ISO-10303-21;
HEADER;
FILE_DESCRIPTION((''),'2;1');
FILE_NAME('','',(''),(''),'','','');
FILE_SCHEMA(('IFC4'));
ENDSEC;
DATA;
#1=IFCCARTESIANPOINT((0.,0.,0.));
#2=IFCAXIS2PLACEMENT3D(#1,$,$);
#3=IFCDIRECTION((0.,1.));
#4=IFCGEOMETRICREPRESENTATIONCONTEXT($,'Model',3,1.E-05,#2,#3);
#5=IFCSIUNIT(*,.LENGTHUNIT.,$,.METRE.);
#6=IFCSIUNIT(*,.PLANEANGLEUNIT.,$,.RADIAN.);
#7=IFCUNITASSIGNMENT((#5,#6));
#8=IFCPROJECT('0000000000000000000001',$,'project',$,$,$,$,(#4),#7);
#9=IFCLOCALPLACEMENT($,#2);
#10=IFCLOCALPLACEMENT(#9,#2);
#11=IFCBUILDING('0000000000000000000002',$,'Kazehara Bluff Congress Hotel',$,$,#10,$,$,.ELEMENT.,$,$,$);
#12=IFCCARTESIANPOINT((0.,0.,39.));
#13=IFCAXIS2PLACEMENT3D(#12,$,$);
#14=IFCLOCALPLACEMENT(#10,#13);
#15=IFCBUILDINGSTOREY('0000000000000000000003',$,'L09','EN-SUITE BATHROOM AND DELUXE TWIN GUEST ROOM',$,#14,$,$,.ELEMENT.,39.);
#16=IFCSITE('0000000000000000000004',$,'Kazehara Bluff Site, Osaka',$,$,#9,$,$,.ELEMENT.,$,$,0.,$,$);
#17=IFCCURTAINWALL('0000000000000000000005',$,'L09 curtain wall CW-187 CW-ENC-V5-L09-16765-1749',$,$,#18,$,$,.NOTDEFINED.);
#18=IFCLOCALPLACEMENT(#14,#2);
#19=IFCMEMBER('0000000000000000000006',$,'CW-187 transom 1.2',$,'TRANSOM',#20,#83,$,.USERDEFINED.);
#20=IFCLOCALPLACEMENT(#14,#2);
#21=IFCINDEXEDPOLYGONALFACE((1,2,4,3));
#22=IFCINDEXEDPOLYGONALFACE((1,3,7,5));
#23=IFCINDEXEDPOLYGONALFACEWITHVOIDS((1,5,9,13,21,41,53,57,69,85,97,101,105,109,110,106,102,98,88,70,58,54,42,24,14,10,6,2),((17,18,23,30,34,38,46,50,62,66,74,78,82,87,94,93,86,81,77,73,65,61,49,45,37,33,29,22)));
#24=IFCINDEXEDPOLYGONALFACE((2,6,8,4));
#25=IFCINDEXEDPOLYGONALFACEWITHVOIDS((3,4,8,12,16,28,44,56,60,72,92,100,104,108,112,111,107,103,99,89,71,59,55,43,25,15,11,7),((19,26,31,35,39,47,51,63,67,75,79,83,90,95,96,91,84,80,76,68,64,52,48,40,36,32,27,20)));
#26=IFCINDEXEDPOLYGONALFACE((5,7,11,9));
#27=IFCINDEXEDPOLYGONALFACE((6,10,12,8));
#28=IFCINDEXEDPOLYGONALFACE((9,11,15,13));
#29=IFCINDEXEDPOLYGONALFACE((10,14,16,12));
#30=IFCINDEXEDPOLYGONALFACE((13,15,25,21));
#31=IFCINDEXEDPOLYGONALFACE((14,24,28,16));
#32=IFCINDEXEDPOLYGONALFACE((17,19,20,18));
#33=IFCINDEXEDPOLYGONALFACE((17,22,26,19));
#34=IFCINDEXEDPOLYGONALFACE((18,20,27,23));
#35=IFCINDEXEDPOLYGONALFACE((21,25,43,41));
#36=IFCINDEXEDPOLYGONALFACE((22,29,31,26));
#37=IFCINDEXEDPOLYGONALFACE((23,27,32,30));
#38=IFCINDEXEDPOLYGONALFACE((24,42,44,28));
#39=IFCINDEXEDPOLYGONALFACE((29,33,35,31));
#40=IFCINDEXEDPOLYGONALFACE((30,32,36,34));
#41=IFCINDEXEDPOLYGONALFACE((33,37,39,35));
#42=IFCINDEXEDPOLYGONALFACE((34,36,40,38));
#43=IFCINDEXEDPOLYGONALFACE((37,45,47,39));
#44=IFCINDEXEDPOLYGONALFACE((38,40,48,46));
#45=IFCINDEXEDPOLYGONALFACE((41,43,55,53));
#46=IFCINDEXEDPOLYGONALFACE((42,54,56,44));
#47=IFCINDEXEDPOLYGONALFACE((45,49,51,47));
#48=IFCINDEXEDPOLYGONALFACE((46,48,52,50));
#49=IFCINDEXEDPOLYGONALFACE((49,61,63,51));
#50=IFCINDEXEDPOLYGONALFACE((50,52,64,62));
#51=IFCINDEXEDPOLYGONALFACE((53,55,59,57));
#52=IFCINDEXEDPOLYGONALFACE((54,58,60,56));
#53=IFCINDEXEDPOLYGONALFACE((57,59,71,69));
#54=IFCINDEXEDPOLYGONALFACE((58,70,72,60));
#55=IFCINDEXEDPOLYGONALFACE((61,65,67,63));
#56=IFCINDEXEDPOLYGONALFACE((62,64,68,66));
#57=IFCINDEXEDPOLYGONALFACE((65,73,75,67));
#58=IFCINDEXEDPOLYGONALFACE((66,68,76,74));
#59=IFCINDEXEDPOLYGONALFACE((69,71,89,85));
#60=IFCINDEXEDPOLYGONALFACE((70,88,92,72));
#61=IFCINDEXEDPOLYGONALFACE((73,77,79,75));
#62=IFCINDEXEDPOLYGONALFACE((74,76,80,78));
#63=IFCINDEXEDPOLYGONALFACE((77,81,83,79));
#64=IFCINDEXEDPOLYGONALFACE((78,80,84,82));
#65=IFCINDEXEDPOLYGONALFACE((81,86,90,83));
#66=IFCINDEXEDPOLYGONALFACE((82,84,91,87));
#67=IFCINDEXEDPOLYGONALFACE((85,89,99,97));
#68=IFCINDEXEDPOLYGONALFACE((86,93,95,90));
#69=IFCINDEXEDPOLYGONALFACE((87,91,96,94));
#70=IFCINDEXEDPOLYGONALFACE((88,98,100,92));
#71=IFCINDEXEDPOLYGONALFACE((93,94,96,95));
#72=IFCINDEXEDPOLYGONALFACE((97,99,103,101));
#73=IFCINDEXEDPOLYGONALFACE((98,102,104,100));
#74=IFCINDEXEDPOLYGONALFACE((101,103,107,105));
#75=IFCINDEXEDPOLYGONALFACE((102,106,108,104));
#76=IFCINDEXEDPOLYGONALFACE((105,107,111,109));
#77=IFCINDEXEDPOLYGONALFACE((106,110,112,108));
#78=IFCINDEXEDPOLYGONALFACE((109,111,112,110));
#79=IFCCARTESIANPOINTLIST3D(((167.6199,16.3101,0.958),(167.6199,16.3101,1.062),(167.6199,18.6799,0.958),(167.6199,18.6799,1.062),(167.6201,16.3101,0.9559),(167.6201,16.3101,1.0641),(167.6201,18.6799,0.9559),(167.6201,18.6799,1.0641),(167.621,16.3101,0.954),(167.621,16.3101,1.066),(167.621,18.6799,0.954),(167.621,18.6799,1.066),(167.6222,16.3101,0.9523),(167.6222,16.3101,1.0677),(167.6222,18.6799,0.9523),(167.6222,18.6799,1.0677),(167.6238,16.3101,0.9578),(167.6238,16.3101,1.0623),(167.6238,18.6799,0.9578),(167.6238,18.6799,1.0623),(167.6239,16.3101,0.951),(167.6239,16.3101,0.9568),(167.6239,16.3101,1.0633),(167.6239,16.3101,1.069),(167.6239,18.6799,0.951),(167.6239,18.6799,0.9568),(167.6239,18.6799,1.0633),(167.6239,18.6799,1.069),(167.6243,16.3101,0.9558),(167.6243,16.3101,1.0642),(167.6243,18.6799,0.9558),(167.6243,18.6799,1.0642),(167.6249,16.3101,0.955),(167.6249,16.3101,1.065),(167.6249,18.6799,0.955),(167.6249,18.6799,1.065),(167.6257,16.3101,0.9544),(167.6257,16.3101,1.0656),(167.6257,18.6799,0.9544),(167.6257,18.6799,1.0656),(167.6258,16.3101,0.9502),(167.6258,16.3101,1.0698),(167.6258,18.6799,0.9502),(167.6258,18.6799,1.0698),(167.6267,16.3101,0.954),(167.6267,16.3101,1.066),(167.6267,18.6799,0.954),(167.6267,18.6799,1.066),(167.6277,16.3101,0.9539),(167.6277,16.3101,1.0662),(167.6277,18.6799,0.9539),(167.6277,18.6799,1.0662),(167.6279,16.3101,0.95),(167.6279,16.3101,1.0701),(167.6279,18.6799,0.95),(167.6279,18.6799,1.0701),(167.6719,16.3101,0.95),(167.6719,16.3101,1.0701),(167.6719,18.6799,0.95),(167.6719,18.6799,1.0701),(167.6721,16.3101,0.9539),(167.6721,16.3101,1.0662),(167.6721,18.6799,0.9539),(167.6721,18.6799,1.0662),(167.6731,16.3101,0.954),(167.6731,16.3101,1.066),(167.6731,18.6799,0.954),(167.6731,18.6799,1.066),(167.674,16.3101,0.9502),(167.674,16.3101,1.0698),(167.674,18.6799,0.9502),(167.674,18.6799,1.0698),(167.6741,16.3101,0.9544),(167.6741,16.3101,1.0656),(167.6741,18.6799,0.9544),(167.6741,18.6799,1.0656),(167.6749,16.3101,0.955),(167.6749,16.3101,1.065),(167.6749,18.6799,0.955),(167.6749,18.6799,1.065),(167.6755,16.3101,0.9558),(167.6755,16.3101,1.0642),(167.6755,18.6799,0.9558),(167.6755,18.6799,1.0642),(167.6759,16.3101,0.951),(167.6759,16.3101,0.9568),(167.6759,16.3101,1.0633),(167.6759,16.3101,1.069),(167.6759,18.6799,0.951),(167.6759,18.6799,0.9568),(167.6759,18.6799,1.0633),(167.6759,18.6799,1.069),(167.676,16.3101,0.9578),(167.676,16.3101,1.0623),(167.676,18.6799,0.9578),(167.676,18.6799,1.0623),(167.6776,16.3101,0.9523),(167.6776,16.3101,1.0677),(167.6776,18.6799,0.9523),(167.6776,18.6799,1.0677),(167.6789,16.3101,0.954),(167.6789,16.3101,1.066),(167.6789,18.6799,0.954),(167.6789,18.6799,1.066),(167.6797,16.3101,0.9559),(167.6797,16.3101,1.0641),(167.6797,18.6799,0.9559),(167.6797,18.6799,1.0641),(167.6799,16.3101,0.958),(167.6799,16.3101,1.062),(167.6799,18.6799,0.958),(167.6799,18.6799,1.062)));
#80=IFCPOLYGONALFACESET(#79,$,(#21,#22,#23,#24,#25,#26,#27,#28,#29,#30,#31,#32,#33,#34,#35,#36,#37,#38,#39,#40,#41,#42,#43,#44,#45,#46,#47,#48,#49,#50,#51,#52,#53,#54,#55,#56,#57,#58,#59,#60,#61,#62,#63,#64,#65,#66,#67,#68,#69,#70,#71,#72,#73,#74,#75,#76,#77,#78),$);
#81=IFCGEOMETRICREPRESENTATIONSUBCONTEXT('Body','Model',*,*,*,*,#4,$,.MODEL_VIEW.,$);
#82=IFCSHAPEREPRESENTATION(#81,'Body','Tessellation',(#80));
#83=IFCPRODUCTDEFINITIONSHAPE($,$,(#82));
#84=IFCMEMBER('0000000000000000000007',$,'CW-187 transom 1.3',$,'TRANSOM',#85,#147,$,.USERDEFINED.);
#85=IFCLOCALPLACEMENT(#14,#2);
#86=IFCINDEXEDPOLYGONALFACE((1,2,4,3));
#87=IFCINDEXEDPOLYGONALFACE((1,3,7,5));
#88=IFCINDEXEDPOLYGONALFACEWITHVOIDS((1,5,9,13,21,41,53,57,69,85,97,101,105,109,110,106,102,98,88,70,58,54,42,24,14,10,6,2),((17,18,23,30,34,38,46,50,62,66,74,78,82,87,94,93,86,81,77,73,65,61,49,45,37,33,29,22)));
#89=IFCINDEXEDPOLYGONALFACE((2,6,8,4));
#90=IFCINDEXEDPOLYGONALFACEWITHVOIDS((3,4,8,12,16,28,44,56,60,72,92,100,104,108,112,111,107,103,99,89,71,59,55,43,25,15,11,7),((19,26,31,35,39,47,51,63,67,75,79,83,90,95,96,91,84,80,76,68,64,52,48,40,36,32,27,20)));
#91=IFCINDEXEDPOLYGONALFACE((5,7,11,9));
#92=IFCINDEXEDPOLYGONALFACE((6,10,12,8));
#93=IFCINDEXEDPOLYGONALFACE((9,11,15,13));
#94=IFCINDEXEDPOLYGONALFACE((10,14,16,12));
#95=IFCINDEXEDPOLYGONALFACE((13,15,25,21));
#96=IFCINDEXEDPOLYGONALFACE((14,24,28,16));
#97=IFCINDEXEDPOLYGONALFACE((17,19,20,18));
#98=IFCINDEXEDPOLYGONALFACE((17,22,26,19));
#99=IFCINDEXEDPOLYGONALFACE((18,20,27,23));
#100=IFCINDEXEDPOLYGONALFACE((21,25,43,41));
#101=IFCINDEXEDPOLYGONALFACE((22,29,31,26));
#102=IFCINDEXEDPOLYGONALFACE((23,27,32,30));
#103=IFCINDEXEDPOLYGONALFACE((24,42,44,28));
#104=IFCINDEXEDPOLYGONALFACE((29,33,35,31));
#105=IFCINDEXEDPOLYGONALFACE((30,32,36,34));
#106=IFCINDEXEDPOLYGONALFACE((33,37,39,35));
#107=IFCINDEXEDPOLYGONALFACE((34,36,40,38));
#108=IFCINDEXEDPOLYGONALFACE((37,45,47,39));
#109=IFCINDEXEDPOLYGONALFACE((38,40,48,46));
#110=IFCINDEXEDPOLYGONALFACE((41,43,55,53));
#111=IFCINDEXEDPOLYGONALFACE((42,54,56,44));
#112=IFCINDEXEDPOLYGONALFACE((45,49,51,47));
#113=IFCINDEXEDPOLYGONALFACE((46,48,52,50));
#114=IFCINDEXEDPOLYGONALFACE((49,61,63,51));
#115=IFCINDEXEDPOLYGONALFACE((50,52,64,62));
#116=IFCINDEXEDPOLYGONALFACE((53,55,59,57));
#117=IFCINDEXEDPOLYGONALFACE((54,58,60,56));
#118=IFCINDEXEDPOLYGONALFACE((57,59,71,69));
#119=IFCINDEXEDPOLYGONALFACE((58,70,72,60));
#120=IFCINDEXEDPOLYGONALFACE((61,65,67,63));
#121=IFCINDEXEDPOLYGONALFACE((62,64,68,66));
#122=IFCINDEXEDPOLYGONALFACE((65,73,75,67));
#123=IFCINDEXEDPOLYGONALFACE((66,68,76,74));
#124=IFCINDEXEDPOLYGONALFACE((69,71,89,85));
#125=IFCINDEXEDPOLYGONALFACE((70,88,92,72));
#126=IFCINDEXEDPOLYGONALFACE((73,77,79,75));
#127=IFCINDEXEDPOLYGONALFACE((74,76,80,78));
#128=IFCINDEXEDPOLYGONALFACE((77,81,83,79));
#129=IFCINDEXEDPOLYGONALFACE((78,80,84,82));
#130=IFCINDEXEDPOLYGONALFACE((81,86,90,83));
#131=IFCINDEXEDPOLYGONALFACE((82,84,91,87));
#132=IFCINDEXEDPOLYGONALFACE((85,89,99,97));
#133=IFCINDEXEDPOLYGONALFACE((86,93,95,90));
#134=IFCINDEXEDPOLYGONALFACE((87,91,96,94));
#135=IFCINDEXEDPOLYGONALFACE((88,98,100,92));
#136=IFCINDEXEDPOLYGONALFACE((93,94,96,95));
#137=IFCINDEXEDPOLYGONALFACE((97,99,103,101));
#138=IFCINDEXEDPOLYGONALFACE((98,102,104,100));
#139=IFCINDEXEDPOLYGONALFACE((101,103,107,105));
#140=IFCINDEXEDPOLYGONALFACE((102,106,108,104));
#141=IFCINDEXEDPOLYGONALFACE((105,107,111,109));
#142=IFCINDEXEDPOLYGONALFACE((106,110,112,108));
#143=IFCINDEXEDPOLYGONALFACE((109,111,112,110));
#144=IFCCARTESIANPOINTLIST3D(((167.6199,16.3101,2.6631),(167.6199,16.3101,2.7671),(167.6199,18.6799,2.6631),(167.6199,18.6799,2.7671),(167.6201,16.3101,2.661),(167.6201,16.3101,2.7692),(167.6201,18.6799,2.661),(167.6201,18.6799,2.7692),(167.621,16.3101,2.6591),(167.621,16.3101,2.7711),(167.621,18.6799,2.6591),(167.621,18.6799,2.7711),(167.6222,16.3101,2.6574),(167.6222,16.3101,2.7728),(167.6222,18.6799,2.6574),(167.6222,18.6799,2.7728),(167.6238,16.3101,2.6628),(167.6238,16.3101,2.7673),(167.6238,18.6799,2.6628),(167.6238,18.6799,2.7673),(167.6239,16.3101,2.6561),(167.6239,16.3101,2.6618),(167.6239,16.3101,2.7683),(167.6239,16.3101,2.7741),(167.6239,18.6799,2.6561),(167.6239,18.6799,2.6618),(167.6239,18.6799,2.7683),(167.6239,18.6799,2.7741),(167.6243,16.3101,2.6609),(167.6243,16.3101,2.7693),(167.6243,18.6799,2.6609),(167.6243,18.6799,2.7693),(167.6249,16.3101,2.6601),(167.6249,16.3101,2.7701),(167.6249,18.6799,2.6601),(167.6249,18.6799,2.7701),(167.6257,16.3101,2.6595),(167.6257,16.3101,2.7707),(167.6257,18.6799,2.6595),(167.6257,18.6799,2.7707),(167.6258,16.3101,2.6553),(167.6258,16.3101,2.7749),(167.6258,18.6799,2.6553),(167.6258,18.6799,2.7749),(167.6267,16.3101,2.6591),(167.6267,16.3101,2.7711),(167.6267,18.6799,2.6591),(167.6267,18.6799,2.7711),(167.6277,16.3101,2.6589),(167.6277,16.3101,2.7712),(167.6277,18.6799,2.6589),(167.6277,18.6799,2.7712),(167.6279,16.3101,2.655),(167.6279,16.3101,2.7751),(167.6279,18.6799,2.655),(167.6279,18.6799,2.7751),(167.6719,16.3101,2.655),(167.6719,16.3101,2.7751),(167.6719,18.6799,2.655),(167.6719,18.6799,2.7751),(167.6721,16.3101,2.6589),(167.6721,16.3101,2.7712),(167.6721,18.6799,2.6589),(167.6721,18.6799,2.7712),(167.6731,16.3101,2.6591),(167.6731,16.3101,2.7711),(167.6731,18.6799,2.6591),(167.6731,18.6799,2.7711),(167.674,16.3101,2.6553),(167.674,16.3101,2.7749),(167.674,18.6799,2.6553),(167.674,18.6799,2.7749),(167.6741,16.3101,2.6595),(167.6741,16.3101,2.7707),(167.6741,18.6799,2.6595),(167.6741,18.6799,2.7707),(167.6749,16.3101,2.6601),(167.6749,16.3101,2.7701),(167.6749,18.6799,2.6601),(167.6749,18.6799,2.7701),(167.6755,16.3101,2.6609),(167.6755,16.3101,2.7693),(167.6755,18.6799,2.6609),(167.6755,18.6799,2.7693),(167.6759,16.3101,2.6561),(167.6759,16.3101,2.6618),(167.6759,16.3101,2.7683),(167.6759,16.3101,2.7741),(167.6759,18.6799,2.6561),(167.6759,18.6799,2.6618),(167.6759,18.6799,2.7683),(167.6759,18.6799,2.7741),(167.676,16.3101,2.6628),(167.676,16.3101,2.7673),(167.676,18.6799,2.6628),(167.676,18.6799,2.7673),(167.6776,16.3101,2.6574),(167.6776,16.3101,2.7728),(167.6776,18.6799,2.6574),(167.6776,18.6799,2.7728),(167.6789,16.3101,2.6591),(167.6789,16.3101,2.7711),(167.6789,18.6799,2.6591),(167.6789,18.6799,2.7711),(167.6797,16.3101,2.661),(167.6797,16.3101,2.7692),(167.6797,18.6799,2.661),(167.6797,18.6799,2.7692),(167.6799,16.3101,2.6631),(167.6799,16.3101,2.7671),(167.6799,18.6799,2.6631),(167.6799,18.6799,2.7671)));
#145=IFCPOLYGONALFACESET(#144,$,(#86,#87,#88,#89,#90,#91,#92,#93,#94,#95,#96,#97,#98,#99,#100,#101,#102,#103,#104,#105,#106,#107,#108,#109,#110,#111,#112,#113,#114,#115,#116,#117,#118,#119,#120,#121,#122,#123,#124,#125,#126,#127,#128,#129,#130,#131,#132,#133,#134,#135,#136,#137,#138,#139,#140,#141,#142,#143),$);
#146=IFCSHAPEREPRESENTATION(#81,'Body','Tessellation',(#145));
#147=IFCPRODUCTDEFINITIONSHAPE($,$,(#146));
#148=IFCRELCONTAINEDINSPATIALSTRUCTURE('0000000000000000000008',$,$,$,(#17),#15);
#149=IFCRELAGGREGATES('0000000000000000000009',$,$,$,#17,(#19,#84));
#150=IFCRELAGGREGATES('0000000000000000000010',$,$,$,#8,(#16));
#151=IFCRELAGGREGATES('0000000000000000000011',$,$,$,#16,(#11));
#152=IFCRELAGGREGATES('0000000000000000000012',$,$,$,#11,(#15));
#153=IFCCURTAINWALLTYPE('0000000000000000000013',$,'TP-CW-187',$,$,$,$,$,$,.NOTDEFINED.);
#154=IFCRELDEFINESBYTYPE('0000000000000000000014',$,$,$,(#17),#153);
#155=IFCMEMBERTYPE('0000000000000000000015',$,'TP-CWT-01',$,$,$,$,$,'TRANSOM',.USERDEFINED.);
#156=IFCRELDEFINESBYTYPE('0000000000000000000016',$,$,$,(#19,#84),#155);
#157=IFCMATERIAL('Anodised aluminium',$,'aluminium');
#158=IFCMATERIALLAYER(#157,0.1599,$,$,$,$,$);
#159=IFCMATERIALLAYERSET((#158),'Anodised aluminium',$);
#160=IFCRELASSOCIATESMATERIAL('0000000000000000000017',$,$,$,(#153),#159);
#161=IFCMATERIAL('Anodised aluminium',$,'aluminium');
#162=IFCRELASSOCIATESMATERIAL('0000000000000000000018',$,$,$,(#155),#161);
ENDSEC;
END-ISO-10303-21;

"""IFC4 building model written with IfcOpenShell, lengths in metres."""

from ifc_helpers import new_model, si_unit, direction, frame, origin, origin_2d, place, context, subcontext, project, spatial, hollow_rectangle, extrude, material, layer, layer_set, material_profile, profile_set, type_object, element, aggregate, save


model = new_model("IFC4")

# Units and contexts
model_context = context("Model", 3, precision=1e-05, world=origin(), true_north=direction((0.0, 1.0)))
body_context = subcontext(model_context, "Body", "Model", "MODEL_VIEW")
ifc_project = project(units=[si_unit("LENGTHUNIT", "METRE"), si_unit("PLANEANGLEUNIT", "RADIAN")], contexts=[model_context])

# Site, building, storey
site_placement = place(None, origin())
site = spatial("IfcSite", under=ifc_project, at=site_placement, Name="Kazehara Bluff Site, Osaka", CompositionType="ELEMENT", RefElevation=0.0)
building_placement = place(site_placement, origin())
building = spatial("IfcBuilding", under=site, at=building_placement, Name="Kazehara Bluff Congress Hotel", CompositionType="ELEMENT")
storey_placement = place(building_placement, frame((0.0, 0.0, 39.0)))
storey = spatial("IfcBuildingStorey", under=building, at=storey_placement, Name="L09", Description="EN-SUITE BATHROOM AND DELUXE TWIN GUEST ROOM", CompositionType="ELEMENT", Elevation=39.0)

# Curtain wall, members
ifc_material_1 = material(Name="Anodised aluminium", Category="aluminium")
ifc_layer_1 = layer(ifc_material_1, 0.1599)
ifc_layer_set_1 = layer_set([ifc_layer_1], Name="Anodised aluminium")
curtain_wall_type = type_object("IfcCurtainWallType", Name="TP-CW-187", PredefinedType="NOTDEFINED", material=ifc_layer_set_1)
curtain_wall_placement = place(storey_placement, origin())
curtain_wall = element("IfcCurtainWall", 1, at=curtain_wall_placement, inside=storey, type_object=curtain_wall_type, Name="L09 curtain wall CW-187 CW-ENC-V5-L09-16765-1749", PredefinedType="NOTDEFINED")
ifc_material_2 = material(Name="Anodised aluminium", Category="aluminium")
ifc_material_profile_1 = material_profile(ifc_material_2, hollow_rectangle(XDim=0.0601, YDim=0.1201, WallThickness=0.0039, InnerFilletRadius=0.0039, OuterFilletRadius=0.0081, at=origin_2d()))
ifc_profile_set_1 = profile_set([ifc_material_profile_1], Name="Anodised aluminium")
member_type_1 = type_object("IfcMemberType", Name="TP-CWT-01", ElementType="TRANSOM", PredefinedType="USERDEFINED", material=ifc_profile_set_1)
member_1_placement = place(storey_placement, frame((167.6499, 18.6799, 1.01), z_axis=(0.0, -1.0, 0.0), x_axis=(1.0, 0.0, 0.0)))
member_1 = element("IfcMember", 2, at=member_1_placement, type_object=member_type_1, Name="CW-187 transom 1.2", ObjectType="TRANSOM", PredefinedType="USERDEFINED", context=body_context, shape_type="SweptSolid", body=[
    extrude(hollow_rectangle(XDim=0.0601, YDim=0.1201, WallThickness=0.0039, InnerFilletRadius=0.0039, OuterFilletRadius=0.0081, at=origin_2d()), origin(), (0.0, 0.0, 1.0), 2.3699),
])
member_2_placement = place(storey_placement, frame((167.6499, 18.6799, 2.7151), z_axis=(0.0, -1.0, 0.0), x_axis=(1.0, 0.0, 0.0)))
member_2 = element("IfcMember", 3, at=member_2_placement, type_object=member_type_1, Name="CW-187 transom 1.3", ObjectType="TRANSOM", PredefinedType="USERDEFINED", context=body_context, shape_type="SweptSolid", body=[
    extrude(hollow_rectangle(XDim=0.0601, YDim=0.1201, WallThickness=0.0039, InnerFilletRadius=0.0039, OuterFilletRadius=0.0081, at=origin_2d()), origin(), (0.0, 0.0, 1.0), 2.3699),
])

aggregate(curtain_wall, [member_1, member_2])

save(model, "model.ifc")
